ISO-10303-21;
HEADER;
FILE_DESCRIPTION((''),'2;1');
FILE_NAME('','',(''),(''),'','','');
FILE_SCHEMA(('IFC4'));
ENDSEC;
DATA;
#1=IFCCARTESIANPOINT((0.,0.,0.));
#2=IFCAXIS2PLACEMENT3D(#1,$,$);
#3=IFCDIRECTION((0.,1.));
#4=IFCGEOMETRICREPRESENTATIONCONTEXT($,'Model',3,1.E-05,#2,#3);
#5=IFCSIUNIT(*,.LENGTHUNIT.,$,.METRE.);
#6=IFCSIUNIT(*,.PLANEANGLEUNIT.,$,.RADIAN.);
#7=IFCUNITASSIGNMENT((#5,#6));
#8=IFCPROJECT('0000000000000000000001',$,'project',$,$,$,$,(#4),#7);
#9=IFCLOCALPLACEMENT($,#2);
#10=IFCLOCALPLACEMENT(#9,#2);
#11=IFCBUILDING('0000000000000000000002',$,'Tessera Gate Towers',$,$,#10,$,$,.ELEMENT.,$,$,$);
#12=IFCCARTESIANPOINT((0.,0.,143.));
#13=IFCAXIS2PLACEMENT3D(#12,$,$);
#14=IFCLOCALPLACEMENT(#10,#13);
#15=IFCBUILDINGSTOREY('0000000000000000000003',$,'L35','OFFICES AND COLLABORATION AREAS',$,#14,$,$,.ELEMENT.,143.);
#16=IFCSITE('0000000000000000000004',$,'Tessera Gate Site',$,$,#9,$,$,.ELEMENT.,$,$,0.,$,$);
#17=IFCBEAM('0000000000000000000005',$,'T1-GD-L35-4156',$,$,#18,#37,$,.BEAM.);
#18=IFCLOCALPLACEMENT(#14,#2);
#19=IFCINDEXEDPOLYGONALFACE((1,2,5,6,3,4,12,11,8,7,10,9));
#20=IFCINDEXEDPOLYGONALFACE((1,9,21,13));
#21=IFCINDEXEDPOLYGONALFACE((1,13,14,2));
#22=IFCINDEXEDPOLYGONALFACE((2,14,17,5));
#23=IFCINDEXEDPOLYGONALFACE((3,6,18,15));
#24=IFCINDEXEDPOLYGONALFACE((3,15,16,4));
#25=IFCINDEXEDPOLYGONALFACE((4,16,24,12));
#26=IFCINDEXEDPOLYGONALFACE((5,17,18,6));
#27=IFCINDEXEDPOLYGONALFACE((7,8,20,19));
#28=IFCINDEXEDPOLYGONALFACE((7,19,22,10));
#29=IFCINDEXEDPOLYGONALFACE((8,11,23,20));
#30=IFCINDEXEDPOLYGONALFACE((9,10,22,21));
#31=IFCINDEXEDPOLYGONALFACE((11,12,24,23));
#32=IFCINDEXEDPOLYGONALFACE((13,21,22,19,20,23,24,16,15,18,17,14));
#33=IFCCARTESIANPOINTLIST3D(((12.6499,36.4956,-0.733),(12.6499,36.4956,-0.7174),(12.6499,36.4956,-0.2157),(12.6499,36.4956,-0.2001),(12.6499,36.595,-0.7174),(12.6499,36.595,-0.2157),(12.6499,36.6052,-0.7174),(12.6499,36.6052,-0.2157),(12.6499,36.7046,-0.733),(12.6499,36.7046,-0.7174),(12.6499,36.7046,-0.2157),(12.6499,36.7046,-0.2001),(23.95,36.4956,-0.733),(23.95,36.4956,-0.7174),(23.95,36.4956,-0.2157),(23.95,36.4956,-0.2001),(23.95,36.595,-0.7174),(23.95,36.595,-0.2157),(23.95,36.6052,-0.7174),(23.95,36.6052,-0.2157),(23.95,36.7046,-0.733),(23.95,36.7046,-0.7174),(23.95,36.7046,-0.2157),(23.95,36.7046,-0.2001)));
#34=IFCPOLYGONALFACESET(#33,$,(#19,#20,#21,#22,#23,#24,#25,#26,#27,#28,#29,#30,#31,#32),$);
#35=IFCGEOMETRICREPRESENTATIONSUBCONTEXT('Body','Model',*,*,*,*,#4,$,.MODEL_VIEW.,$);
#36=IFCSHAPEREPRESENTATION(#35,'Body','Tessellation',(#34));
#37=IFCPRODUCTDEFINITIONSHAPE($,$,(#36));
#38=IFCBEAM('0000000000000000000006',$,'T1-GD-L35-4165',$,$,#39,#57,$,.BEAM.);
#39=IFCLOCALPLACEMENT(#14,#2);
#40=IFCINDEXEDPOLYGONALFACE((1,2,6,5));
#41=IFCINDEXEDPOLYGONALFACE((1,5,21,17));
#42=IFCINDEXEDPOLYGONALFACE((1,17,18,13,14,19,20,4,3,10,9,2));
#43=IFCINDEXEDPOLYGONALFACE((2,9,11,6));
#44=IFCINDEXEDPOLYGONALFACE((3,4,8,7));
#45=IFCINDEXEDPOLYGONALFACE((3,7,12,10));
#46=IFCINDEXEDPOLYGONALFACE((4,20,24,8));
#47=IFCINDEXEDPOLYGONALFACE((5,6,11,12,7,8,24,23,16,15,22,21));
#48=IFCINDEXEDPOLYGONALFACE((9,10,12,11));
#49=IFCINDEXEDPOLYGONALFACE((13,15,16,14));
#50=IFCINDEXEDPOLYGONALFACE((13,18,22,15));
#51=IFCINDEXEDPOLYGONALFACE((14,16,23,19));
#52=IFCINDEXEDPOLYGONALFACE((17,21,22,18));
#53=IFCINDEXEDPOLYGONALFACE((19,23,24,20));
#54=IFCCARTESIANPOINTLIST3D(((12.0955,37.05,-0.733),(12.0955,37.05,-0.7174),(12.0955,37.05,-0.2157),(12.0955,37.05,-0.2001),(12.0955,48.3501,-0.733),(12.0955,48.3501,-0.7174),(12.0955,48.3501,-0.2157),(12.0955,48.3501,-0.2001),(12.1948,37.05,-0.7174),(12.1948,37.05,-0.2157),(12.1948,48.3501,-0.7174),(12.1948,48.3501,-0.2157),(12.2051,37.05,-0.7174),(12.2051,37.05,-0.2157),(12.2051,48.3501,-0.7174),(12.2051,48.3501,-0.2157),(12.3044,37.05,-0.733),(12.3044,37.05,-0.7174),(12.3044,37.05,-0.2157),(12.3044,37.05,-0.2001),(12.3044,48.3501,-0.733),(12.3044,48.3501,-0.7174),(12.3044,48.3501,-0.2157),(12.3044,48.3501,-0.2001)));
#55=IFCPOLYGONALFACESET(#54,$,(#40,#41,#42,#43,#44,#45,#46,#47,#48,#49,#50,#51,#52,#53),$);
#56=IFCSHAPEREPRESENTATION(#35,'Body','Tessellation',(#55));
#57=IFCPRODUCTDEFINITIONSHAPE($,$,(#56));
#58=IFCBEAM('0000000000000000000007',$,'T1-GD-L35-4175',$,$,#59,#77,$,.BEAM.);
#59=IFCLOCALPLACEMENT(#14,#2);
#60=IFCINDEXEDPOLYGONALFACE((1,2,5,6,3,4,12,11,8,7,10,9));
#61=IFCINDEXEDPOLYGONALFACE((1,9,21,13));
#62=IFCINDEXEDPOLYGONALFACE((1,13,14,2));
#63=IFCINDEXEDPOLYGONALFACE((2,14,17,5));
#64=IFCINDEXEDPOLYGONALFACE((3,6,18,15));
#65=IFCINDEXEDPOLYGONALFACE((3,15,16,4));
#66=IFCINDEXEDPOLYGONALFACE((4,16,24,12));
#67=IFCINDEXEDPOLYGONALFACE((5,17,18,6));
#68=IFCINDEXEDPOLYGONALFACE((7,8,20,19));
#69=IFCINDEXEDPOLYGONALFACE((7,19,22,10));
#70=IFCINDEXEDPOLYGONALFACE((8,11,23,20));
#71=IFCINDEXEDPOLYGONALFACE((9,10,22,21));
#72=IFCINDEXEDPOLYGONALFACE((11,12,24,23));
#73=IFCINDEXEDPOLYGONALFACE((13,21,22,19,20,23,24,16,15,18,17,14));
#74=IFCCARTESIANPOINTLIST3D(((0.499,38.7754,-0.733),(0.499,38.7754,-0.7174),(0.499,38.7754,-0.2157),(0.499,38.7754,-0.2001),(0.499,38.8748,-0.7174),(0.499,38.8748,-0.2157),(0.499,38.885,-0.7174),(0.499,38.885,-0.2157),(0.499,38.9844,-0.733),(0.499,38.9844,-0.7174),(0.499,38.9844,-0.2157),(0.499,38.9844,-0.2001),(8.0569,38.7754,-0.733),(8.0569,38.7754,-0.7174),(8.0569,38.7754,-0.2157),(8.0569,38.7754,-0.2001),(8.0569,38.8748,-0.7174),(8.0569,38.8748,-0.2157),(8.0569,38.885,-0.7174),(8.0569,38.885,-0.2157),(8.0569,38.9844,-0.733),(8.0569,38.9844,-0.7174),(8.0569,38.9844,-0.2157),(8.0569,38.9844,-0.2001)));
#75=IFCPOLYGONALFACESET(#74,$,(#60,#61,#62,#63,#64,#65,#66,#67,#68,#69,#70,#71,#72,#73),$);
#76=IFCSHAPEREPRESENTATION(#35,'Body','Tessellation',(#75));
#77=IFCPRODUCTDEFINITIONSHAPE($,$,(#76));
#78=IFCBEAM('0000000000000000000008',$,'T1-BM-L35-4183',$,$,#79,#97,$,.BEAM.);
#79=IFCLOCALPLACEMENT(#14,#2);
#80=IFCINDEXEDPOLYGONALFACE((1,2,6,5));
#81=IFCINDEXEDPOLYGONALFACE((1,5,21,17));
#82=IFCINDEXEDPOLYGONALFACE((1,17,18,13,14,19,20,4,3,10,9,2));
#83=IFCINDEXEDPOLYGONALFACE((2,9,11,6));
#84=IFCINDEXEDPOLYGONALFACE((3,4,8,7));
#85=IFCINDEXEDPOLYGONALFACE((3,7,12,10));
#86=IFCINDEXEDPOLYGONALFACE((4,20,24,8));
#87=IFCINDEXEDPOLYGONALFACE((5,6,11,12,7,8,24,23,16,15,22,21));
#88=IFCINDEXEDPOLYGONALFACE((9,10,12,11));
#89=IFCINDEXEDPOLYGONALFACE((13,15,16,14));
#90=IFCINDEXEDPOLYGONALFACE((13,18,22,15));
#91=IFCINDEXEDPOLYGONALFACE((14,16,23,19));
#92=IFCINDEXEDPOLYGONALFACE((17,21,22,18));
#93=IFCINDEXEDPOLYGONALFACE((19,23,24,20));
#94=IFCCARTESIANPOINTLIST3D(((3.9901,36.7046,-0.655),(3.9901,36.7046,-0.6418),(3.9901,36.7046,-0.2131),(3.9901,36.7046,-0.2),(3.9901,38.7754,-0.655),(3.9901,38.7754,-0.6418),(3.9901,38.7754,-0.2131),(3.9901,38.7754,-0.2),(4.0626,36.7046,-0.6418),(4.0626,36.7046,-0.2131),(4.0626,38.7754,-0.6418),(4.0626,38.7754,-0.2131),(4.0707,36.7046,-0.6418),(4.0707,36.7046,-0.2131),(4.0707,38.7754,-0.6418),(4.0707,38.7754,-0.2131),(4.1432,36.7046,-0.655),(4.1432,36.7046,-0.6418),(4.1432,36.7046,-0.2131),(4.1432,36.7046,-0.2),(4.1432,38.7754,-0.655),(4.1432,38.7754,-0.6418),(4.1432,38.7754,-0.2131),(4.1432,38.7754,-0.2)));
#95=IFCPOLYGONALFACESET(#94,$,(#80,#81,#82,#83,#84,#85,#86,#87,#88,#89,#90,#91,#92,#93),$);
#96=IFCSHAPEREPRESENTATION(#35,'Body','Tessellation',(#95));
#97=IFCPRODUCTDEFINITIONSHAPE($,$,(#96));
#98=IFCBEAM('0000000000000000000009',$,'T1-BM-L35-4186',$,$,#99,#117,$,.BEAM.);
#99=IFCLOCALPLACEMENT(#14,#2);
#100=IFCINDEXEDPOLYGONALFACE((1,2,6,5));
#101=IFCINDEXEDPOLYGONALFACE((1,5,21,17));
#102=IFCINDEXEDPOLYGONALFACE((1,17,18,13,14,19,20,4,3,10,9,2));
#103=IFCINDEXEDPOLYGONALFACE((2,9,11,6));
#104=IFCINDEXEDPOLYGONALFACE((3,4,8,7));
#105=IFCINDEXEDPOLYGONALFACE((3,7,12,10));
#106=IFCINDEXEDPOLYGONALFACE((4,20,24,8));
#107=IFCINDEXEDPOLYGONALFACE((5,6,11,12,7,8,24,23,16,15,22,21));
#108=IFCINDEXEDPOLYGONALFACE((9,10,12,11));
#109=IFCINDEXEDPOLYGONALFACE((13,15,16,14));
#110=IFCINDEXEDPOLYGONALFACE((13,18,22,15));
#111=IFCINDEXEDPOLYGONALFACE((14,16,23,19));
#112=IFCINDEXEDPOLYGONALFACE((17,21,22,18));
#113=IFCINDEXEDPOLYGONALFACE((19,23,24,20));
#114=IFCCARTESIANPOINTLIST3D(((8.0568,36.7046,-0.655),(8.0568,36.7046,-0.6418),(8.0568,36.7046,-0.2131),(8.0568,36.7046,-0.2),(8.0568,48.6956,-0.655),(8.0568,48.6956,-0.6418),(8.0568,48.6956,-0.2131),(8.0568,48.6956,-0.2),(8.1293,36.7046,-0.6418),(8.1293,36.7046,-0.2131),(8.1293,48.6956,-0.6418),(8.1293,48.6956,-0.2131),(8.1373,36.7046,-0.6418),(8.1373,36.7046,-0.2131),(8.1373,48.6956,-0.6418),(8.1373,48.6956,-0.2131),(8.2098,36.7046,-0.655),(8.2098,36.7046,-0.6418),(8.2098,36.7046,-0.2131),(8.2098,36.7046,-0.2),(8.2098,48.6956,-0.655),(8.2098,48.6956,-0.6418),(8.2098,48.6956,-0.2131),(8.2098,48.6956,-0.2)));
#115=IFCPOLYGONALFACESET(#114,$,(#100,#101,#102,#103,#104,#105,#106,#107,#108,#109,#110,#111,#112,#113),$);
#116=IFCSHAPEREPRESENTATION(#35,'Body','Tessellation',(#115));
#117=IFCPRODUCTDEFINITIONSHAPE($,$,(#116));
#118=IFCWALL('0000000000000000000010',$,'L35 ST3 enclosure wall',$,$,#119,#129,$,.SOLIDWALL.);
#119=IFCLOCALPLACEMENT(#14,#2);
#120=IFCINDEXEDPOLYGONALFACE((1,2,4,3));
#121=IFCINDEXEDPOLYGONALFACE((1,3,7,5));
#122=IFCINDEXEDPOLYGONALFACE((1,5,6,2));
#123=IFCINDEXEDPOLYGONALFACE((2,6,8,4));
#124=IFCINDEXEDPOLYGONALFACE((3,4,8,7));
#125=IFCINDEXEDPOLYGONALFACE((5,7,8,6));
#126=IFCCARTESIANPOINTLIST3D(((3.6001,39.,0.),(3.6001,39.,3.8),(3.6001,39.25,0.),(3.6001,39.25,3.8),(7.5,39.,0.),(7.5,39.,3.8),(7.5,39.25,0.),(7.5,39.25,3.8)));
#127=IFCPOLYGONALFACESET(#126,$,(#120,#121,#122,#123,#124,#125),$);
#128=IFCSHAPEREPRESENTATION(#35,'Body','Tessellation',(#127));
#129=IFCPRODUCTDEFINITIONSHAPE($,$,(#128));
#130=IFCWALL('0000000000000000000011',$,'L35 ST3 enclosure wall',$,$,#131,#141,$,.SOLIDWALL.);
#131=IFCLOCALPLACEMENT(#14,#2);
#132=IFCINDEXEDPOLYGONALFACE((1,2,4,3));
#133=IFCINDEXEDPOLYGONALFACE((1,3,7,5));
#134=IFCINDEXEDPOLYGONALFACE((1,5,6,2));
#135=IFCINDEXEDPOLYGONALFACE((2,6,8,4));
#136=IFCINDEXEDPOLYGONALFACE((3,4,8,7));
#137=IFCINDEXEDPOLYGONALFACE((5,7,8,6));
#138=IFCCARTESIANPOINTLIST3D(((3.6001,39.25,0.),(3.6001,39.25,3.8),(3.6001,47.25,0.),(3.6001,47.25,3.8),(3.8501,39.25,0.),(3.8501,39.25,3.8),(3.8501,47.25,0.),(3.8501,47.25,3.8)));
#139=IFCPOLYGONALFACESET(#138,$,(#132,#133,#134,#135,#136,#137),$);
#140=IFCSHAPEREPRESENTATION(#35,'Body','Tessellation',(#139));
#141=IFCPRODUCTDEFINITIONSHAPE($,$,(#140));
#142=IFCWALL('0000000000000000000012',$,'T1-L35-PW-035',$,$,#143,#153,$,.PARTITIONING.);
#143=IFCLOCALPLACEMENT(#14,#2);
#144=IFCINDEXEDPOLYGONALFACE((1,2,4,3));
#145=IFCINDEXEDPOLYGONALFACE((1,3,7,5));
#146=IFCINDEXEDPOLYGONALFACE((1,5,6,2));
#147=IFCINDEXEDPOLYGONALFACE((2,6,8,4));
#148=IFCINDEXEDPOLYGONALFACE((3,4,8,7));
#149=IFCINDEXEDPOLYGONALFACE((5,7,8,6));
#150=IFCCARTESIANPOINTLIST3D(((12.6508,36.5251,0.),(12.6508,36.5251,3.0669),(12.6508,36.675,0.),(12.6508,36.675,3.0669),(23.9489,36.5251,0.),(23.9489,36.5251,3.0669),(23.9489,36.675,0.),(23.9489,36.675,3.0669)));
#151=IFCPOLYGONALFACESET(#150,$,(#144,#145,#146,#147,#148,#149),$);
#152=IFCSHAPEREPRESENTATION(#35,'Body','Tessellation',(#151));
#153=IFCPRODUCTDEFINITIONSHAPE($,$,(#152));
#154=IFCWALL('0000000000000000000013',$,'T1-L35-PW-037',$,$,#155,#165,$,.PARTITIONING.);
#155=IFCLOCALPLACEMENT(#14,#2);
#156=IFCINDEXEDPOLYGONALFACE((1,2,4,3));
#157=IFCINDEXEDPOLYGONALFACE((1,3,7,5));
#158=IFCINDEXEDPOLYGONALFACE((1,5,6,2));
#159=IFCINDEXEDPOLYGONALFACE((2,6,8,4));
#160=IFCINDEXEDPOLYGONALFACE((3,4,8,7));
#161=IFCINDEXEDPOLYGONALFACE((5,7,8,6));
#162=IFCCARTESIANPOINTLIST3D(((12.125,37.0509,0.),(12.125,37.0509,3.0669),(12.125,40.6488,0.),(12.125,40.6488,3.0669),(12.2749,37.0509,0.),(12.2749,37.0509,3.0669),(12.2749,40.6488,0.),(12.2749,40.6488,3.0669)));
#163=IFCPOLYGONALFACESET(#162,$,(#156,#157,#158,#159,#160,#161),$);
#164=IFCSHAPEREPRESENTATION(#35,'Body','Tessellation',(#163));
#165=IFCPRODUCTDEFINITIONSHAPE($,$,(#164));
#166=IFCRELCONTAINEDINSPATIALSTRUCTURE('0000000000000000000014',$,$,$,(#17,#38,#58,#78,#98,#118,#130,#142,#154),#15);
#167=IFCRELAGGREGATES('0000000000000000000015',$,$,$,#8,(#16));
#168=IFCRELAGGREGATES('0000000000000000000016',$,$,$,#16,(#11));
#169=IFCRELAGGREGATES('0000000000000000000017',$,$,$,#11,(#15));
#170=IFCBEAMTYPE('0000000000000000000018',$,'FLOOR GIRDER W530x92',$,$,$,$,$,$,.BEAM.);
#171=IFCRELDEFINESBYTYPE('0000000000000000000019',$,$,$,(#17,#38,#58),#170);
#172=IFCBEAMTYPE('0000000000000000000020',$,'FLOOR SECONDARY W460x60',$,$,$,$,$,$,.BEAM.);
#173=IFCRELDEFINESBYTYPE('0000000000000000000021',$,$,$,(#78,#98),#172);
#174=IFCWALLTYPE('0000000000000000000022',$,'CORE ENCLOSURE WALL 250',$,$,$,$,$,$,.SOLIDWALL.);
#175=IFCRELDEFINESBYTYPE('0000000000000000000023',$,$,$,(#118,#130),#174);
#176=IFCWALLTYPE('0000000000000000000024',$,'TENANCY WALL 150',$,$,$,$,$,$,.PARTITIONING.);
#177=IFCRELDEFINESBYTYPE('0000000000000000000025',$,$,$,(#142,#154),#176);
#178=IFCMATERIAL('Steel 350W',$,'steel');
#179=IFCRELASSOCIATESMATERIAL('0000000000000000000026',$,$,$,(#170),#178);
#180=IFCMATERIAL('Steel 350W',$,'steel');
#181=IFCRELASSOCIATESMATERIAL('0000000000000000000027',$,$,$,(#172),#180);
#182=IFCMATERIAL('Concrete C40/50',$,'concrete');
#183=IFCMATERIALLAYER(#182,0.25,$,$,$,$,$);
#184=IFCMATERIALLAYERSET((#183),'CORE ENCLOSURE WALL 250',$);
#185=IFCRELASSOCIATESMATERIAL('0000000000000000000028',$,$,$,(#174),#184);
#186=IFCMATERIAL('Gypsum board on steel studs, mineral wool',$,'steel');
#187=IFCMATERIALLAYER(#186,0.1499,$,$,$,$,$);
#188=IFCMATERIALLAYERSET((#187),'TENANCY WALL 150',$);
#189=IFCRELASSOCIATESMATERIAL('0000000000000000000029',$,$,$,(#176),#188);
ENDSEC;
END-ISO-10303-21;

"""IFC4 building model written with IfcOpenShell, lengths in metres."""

from ifc_helpers import new_model, si_unit, direction, frame, frame_2d, origin, origin_2d, place, context, subcontext, project, spatial, rectangle, i_section, extrude, material, layer, layer_set, material_profile, profile_set, type_object, element, save


model = new_model("IFC4")

# Units and contexts
model_context = context("Model", 3, precision=1e-05, world=origin(), true_north=direction((0.0, 1.0)))
body_context = subcontext(model_context, "Body", "Model", "MODEL_VIEW")
ifc_project = project(units=[si_unit("LENGTHUNIT", "METRE"), si_unit("PLANEANGLEUNIT", "RADIAN")], contexts=[model_context])

# Site, building, storey
site_placement = place(None, origin())
site = spatial("IfcSite", under=ifc_project, at=site_placement, Name="Tessera Gate Site", CompositionType="ELEMENT", RefElevation=0.0)
building_placement = place(site_placement, origin())
building = spatial("IfcBuilding", under=site, at=building_placement, Name="Tessera Gate Towers", CompositionType="ELEMENT")
storey_placement = place(building_placement, frame((0.0, 0.0, 143.0)))
storey = spatial("IfcBuildingStorey", under=building, at=storey_placement, Name="L35", Description="OFFICES AND COLLABORATION AREAS", CompositionType="ELEMENT", Elevation=143.0)

# Beams
ifc_material_1 = material(Name="Steel 350W", Category="steel")
ifc_material_profile_1 = material_profile(ifc_material_1, i_section(OverallWidth=0.209, OverallDepth=0.533, WebThickness=0.0103, FlangeThickness=0.0156, at=origin_2d()), Name="W530x92")
ifc_profile_set_1 = profile_set([ifc_material_profile_1], Name="Steel 350W")
beam_type_1 = type_object("IfcBeamType", Name="FLOOR GIRDER W530x92", PredefinedType="BEAM", material=ifc_profile_set_1)
for number, where, z_axis, x_axis, name in (
    (1, (12.6499, 36.6001, -0.4666), (1.0, 0.0, 0.0), (0.0, 1.0, 0.0), "T1-GD-L35-4156"),
    (2, (12.2, 37.05, -0.4666), (0.0, 1.0, 0.0), (-1.0, 0.0, 0.0), "T1-GD-L35-4165"),
):
    element("IfcBeam", number, at=place(storey_placement, frame(where, z_axis=z_axis, x_axis=x_axis)), inside=storey, type_object=beam_type_1, Name=name, PredefinedType="BEAM", context=body_context, shape_type="SweptSolid", body=[
        extrude(i_section(OverallWidth=0.209, OverallDepth=0.533, WebThickness=0.0103, FlangeThickness=0.0156, at=origin_2d()), origin(), (0.0, 0.0, 1.0), 11.3),
    ])
beam_1_placement = place(storey_placement, frame((0.499, 38.8799, -0.4666), z_axis=(1.0, 0.0, 0.0), x_axis=(0.0, 1.0, 0.0)))
element("IfcBeam", 3, at=beam_1_placement, inside=storey, type_object=beam_type_1, Name="T1-GD-L35-4175", PredefinedType="BEAM", context=body_context, shape_type="SweptSolid", body=[
    extrude(i_section(OverallWidth=0.209, OverallDepth=0.533, WebThickness=0.0103, FlangeThickness=0.0156, at=origin_2d()), origin(), (0.0, 0.0, 1.0), 7.5579),
])
ifc_material_2 = material(Name="Steel 350W", Category="steel")
ifc_material_profile_2 = material_profile(ifc_material_2, i_section(OverallWidth=0.1531, OverallDepth=0.4551, WebThickness=0.0081, FlangeThickness=0.0132, at=origin_2d()), Name="W460x60")
ifc_profile_set_2 = profile_set([ifc_material_profile_2], Name="Steel 350W")
beam_type_2 = type_object("IfcBeamType", Name="FLOOR SECONDARY W460x60", PredefinedType="BEAM", material=ifc_profile_set_2)
beam_2_placement = place(storey_placement, frame((4.0667, 36.7046, -0.4275), z_axis=(0.0, 1.0, 0.0), x_axis=(-1.0, 0.0, 0.0)))
element("IfcBeam", 4, at=beam_2_placement, inside=storey, type_object=beam_type_2, Name="T1-BM-L35-4183", PredefinedType="BEAM", context=body_context, shape_type="SweptSolid", body=[
    extrude(i_section(OverallWidth=0.1531, OverallDepth=0.4551, WebThickness=0.0081, FlangeThickness=0.0132, at=origin_2d()), origin(), (0.0, 0.0, 1.0), 2.0708),
])
beam_3_placement = place(storey_placement, frame((8.1333, 36.7046, -0.4275), z_axis=(0.0, 1.0, 0.0), x_axis=(-1.0, 0.0, 0.0)))
element("IfcBeam", 5, at=beam_3_placement, inside=storey, type_object=beam_type_2, Name="T1-BM-L35-4186", PredefinedType="BEAM", context=body_context, shape_type="SweptSolid", body=[
    extrude(i_section(OverallWidth=0.1531, OverallDepth=0.4551, WebThickness=0.0081, FlangeThickness=0.0132, at=origin_2d()), origin(), (0.0, 0.0, 1.0), 11.991),
])

# Walls
ifc_material_3 = material(Name="Concrete C40/50", Category="concrete")
ifc_layer_1 = layer(ifc_material_3, 0.25)
ifc_layer_set_1 = layer_set([ifc_layer_1], Name="CORE ENCLOSURE WALL 250")
wall_type_1 = type_object("IfcWallType", Name="CORE ENCLOSURE WALL 250", PredefinedType="SOLIDWALL", material=ifc_layer_set_1)
wall_1_placement = place(storey_placement, frame((7.5, 39.125, 0.0), z_axis=(0.0, 0.0, 1.0), x_axis=(-1.0, 0.0, 0.0)))
element("IfcWall", 6, at=wall_1_placement, inside=storey, type_object=wall_type_1, Name="L35 ST3 enclosure wall", PredefinedType="SOLIDWALL", context=body_context, shape_type="SweptSolid", body=[
    extrude(rectangle(XDim=3.8999, YDim=0.25, at=frame_2d((1.95, 0.0))), origin(), (0.0, 0.0, 1.0), 3.8),
])
wall_2_placement = place(storey_placement, frame((3.7251, 39.25, 0.0), z_axis=(0.0, 0.0, 1.0), x_axis=(0.0, 1.0, 0.0)))
element("IfcWall", 7, at=wall_2_placement, inside=storey, type_object=wall_type_1, Name="L35 ST3 enclosure wall", PredefinedType="SOLIDWALL", context=body_context, shape_type="SweptSolid", body=[
    extrude(rectangle(XDim=8.0, YDim=0.25, at=frame_2d((4.0, 0.0))), origin(), (0.0, 0.0, 1.0), 3.8),
])
ifc_material_4 = material(Name="Gypsum board on steel studs, mineral wool", Category="steel")
ifc_layer_2 = layer(ifc_material_4, 0.1499)
ifc_layer_set_2 = layer_set([ifc_layer_2], Name="TENANCY WALL 150")
wall_type_2 = type_object("IfcWallType", Name="TENANCY WALL 150", PredefinedType="PARTITIONING", material=ifc_layer_set_2)
wall_3_placement = place(storey_placement, frame((12.6509, 36.6001, 0.0), z_axis=(0.0, 0.0, 1.0), x_axis=(1.0, 0.0, 0.0)))
element("IfcWall", 8, at=wall_3_placement, inside=storey, type_object=wall_type_2, Name="T1-L35-PW-035", PredefinedType="PARTITIONING", context=body_context, shape_type="SweptSolid", body=[
    extrude(rectangle(XDim=11.2981, YDim=0.1499, at=frame_2d((5.6489, 0.0))), origin(), (0.0, 0.0, 1.0), 3.0669),
])
wall_4_placement = place(storey_placement, frame((12.2, 37.051, 0.0), z_axis=(0.0, 0.0, 1.0), x_axis=(0.0, 1.0, 0.0)))
element("IfcWall", 9, at=wall_4_placement, inside=storey, type_object=wall_type_2, Name="T1-L35-PW-037", PredefinedType="PARTITIONING", context=body_context, shape_type="SweptSolid", body=[
    extrude(rectangle(XDim=3.5979, YDim=0.1499, at=frame_2d((1.7988, 0.0))), origin(), (0.0, 0.0, 1.0), 3.0669),
])

save(model, "model.ifc")
